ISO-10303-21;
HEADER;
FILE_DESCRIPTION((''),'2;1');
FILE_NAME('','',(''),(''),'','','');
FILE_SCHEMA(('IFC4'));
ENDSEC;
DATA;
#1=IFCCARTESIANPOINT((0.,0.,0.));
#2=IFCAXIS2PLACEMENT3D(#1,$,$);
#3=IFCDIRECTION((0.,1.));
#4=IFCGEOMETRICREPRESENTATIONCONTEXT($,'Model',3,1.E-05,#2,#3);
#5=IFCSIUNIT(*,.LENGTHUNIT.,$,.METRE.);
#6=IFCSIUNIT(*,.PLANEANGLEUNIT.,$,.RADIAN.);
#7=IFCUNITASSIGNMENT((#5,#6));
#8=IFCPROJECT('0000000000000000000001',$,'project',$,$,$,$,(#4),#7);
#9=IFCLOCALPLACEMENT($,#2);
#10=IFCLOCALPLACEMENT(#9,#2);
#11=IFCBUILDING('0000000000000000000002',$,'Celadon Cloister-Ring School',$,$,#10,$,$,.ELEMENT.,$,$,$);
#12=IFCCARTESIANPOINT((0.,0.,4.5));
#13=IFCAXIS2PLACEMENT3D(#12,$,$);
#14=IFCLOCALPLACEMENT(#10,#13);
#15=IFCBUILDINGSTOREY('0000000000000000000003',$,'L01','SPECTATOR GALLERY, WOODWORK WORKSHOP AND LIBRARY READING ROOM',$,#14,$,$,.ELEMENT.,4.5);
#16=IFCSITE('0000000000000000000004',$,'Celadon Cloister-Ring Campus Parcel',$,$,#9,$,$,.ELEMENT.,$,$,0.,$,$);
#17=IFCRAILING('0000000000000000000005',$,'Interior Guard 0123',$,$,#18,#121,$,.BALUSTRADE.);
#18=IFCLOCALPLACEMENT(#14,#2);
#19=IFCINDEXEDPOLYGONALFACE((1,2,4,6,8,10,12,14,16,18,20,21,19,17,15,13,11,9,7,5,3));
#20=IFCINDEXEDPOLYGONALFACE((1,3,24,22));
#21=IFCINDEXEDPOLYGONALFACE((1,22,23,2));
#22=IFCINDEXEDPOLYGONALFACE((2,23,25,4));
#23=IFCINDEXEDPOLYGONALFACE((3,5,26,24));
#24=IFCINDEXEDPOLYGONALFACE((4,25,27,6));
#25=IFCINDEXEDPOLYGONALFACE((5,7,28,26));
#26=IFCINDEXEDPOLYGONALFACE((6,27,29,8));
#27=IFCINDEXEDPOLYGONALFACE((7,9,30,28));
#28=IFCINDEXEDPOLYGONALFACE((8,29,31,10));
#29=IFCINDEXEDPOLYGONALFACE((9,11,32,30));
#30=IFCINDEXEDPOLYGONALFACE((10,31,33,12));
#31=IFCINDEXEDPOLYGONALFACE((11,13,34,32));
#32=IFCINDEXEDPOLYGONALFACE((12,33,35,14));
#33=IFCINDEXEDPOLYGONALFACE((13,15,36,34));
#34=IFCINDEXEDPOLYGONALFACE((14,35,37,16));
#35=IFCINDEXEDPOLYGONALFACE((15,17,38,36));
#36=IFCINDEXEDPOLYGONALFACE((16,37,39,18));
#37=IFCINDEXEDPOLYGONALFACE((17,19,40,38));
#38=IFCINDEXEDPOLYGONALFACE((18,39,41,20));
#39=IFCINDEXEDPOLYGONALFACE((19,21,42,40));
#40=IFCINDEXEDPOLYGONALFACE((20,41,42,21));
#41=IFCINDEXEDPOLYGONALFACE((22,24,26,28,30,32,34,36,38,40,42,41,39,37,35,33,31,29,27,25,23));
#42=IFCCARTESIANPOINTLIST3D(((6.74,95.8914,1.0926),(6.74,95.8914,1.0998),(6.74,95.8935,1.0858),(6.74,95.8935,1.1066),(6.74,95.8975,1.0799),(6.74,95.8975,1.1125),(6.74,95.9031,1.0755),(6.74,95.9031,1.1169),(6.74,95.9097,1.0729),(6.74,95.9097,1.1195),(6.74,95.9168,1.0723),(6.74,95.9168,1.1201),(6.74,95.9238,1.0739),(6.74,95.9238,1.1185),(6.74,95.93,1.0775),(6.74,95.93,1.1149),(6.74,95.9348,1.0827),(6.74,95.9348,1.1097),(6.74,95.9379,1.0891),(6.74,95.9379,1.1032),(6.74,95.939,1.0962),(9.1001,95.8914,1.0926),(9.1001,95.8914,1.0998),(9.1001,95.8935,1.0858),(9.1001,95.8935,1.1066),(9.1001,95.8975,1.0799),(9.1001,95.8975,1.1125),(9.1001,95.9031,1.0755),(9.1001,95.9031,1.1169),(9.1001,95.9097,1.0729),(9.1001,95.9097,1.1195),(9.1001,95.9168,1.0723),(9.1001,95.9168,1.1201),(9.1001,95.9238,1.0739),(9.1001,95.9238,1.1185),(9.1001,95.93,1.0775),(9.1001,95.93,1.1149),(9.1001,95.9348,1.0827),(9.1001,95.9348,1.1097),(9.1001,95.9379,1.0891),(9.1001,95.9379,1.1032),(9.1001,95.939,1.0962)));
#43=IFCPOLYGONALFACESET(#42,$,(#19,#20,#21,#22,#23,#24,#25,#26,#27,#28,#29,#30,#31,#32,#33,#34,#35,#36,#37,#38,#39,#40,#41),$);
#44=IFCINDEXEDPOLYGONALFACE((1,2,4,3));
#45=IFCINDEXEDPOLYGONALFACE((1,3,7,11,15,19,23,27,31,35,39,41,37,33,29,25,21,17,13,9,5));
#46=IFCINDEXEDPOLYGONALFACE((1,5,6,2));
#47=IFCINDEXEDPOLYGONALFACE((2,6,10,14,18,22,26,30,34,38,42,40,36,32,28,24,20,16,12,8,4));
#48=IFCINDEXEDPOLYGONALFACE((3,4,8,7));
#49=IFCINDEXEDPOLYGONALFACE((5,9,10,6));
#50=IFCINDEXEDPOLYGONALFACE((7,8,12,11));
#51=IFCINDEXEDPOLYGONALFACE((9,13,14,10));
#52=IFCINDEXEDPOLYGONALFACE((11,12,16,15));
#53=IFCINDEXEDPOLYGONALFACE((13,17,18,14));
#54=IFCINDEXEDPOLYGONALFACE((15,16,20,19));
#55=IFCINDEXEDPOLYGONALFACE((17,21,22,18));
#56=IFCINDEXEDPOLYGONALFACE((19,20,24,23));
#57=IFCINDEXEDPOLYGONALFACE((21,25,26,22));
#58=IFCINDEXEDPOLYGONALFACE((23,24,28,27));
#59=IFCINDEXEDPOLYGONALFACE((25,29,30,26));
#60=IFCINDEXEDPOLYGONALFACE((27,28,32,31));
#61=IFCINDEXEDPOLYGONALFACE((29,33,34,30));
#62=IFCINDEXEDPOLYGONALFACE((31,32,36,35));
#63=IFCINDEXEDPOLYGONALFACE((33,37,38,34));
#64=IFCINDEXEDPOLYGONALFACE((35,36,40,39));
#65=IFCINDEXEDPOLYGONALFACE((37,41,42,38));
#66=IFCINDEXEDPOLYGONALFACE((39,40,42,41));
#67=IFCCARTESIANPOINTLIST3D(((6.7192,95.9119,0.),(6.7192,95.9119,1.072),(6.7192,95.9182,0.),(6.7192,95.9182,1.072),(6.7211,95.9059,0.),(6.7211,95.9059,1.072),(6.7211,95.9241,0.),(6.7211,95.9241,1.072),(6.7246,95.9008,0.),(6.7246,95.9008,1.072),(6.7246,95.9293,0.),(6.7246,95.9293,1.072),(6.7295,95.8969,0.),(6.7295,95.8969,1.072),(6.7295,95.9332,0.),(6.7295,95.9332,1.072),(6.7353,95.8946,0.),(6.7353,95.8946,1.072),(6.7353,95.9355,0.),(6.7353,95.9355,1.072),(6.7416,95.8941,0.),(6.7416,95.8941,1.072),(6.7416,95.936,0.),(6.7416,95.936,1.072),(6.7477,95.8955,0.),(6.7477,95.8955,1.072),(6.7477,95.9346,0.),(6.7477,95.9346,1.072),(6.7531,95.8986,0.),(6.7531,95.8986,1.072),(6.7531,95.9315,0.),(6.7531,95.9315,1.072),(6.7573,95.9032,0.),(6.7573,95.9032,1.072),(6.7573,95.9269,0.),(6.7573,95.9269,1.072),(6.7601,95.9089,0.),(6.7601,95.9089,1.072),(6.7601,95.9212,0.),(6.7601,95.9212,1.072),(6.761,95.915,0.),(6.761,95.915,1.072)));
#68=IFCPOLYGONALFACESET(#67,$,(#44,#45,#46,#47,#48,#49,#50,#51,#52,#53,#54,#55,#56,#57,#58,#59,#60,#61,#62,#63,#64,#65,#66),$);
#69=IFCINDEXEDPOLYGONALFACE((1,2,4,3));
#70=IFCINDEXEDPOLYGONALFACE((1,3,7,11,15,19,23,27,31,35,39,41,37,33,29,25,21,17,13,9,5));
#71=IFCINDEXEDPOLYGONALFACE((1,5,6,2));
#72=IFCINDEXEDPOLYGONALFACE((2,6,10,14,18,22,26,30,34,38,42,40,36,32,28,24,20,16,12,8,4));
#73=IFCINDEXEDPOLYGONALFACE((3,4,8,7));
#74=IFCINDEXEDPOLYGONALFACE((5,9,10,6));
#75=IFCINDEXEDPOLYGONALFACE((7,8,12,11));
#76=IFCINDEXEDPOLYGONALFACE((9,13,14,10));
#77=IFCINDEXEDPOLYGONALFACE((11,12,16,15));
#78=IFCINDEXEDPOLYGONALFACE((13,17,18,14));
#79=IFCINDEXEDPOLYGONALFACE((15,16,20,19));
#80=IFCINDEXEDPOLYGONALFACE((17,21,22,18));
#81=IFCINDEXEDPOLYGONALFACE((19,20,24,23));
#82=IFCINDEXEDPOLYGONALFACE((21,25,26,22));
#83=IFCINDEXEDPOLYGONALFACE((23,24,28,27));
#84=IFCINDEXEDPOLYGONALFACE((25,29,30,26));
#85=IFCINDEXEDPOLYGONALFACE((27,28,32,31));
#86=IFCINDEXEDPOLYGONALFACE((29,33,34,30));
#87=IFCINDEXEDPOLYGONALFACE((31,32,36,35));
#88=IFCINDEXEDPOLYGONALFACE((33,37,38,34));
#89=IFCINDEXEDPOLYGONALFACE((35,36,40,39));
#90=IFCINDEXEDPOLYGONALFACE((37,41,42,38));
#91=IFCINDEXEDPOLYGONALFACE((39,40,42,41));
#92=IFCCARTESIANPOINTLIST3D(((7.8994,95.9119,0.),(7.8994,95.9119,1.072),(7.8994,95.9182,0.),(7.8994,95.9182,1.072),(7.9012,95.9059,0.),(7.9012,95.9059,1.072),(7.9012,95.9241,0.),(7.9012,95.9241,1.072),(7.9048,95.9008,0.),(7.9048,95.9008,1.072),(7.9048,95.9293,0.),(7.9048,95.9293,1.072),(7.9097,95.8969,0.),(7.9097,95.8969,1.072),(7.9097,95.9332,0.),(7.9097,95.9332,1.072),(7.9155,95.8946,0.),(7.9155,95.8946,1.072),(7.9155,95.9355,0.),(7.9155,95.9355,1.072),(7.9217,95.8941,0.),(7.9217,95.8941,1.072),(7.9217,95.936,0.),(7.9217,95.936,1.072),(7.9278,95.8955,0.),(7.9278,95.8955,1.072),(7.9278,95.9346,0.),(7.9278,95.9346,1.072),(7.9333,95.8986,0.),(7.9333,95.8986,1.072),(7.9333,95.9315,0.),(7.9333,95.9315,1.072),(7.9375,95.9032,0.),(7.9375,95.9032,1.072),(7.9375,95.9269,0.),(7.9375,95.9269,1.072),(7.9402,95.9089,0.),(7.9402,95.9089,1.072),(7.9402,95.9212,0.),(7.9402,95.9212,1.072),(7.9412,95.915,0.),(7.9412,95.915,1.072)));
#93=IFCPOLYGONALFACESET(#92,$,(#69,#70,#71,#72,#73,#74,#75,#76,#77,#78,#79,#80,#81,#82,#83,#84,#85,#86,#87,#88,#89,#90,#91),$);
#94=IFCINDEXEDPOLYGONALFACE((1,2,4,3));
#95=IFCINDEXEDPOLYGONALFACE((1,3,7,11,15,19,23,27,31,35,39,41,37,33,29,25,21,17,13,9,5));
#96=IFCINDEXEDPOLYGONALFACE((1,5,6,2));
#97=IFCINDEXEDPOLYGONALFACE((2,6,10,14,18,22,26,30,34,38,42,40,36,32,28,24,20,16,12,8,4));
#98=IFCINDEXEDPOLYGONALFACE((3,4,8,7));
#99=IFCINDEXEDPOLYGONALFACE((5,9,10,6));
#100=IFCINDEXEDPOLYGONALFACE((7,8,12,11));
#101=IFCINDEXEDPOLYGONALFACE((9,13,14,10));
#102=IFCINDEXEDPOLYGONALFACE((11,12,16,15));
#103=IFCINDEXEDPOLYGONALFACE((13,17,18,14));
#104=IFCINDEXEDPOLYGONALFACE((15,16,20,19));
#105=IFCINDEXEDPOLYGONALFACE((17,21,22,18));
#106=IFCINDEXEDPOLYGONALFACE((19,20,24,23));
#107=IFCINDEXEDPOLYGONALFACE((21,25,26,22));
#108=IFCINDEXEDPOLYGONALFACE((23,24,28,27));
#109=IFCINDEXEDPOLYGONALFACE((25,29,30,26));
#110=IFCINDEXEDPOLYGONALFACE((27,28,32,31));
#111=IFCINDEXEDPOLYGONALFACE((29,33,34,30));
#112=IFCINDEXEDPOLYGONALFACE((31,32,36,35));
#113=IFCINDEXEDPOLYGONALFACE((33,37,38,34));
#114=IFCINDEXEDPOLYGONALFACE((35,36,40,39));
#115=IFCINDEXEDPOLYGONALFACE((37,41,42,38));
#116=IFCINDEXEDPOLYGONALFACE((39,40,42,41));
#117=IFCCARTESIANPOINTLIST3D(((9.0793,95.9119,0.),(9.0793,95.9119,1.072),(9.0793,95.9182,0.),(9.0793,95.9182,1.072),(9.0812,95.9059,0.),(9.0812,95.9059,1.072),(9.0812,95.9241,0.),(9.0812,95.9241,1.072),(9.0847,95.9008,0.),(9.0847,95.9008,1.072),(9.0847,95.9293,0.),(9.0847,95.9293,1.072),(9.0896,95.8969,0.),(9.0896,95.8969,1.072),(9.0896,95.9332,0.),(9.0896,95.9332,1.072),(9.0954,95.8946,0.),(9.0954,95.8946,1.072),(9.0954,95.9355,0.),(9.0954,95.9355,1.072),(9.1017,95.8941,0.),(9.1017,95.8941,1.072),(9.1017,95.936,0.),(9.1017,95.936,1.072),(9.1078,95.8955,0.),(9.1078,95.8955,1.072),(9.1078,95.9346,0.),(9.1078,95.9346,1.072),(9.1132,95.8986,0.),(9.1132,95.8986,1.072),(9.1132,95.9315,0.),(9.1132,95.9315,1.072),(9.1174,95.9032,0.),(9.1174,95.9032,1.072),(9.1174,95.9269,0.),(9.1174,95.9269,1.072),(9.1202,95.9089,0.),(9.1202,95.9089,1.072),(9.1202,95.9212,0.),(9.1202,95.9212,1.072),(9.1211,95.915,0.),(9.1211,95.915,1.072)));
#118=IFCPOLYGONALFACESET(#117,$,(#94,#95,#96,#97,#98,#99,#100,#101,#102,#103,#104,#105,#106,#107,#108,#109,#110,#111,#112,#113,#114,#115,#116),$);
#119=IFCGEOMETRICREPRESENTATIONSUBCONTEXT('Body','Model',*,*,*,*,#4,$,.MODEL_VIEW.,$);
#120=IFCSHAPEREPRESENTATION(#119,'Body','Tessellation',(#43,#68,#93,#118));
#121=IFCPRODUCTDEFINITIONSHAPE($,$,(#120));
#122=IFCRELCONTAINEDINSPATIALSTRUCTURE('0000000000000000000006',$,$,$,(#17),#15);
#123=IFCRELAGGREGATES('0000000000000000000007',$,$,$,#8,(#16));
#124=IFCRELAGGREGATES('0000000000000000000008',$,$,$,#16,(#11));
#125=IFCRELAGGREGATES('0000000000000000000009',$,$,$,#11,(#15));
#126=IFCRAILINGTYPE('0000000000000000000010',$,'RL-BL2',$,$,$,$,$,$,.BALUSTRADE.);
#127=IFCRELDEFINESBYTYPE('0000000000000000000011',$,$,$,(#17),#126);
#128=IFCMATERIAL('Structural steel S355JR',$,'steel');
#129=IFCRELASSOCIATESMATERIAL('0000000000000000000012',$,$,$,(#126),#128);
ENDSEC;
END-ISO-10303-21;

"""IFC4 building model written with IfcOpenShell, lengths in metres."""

from ifc_helpers import new_model, si_unit, direction, frame, origin, origin_2d, place, context, subcontext, project, spatial, circle, extrude, material, type_object, element, save


model = new_model("IFC4")

# Units and contexts
model_context = context("Model", 3, precision=1e-05, world=origin(), true_north=direction((0.0, 1.0)))
body_context = subcontext(model_context, "Body", "Model", "MODEL_VIEW")
ifc_project = project(units=[si_unit("LENGTHUNIT", "METRE"), si_unit("PLANEANGLEUNIT", "RADIAN")], contexts=[model_context])

# Site, building, storey
site_placement = place(None, origin())
site = spatial("IfcSite", under=ifc_project, at=site_placement, Name="Celadon Cloister-Ring Campus Parcel", CompositionType="ELEMENT", RefElevation=0.0)
building_placement = place(site_placement, origin())
building = spatial("IfcBuilding", under=site, at=building_placement, Name="Celadon Cloister-Ring School", CompositionType="ELEMENT")
storey_placement = place(building_placement, frame((0.0, 0.0, 4.5)))
storey = spatial("IfcBuildingStorey", under=building, at=storey_placement, Name="L01", Description="SPECTATOR GALLERY, WOODWORK WORKSHOP AND LIBRARY READING ROOM", CompositionType="ELEMENT", Elevation=4.5)

# Railing
ifc_material_1 = material(Name="Structural steel S355JR", Category="steel")
railing_type_1 = type_object("IfcRailingType", Name="RL-BL2", PredefinedType="BALUSTRADE", material=ifc_material_1)
railing_1_placement = place(storey_placement, frame((6.74, 95.915, 0.0)))
element("IfcRailing", 1, at=railing_1_placement, inside=storey, type_object=railing_type_1, Name="Interior Guard 0123", PredefinedType="BALUSTRADE", context=body_context, shape_type="SweptSolid", body=[
    extrude(circle(Radius=0.0239, at=origin_2d()), frame((0.0, 0.0, 1.0962), z_axis=(1.0, 0.0, 0.0), x_axis=(0.0, 1.0, 0.0)), (0.0, 0.0, 1.0), 2.3601),
    extrude(circle(Radius=0.021, at=origin_2d()), origin(), (0.0, 0.0, 1.0), 1.072),
    extrude(circle(Radius=0.021, at=origin_2d()), frame((1.1802, 0.0, 0.0)), (0.0, 0.0, 1.0), 1.072),
    extrude(circle(Radius=0.021, at=origin_2d()), frame((2.3601, 0.0, 0.0)), (0.0, 0.0, 1.0), 1.072),
])

save(model, "model.ifc")
